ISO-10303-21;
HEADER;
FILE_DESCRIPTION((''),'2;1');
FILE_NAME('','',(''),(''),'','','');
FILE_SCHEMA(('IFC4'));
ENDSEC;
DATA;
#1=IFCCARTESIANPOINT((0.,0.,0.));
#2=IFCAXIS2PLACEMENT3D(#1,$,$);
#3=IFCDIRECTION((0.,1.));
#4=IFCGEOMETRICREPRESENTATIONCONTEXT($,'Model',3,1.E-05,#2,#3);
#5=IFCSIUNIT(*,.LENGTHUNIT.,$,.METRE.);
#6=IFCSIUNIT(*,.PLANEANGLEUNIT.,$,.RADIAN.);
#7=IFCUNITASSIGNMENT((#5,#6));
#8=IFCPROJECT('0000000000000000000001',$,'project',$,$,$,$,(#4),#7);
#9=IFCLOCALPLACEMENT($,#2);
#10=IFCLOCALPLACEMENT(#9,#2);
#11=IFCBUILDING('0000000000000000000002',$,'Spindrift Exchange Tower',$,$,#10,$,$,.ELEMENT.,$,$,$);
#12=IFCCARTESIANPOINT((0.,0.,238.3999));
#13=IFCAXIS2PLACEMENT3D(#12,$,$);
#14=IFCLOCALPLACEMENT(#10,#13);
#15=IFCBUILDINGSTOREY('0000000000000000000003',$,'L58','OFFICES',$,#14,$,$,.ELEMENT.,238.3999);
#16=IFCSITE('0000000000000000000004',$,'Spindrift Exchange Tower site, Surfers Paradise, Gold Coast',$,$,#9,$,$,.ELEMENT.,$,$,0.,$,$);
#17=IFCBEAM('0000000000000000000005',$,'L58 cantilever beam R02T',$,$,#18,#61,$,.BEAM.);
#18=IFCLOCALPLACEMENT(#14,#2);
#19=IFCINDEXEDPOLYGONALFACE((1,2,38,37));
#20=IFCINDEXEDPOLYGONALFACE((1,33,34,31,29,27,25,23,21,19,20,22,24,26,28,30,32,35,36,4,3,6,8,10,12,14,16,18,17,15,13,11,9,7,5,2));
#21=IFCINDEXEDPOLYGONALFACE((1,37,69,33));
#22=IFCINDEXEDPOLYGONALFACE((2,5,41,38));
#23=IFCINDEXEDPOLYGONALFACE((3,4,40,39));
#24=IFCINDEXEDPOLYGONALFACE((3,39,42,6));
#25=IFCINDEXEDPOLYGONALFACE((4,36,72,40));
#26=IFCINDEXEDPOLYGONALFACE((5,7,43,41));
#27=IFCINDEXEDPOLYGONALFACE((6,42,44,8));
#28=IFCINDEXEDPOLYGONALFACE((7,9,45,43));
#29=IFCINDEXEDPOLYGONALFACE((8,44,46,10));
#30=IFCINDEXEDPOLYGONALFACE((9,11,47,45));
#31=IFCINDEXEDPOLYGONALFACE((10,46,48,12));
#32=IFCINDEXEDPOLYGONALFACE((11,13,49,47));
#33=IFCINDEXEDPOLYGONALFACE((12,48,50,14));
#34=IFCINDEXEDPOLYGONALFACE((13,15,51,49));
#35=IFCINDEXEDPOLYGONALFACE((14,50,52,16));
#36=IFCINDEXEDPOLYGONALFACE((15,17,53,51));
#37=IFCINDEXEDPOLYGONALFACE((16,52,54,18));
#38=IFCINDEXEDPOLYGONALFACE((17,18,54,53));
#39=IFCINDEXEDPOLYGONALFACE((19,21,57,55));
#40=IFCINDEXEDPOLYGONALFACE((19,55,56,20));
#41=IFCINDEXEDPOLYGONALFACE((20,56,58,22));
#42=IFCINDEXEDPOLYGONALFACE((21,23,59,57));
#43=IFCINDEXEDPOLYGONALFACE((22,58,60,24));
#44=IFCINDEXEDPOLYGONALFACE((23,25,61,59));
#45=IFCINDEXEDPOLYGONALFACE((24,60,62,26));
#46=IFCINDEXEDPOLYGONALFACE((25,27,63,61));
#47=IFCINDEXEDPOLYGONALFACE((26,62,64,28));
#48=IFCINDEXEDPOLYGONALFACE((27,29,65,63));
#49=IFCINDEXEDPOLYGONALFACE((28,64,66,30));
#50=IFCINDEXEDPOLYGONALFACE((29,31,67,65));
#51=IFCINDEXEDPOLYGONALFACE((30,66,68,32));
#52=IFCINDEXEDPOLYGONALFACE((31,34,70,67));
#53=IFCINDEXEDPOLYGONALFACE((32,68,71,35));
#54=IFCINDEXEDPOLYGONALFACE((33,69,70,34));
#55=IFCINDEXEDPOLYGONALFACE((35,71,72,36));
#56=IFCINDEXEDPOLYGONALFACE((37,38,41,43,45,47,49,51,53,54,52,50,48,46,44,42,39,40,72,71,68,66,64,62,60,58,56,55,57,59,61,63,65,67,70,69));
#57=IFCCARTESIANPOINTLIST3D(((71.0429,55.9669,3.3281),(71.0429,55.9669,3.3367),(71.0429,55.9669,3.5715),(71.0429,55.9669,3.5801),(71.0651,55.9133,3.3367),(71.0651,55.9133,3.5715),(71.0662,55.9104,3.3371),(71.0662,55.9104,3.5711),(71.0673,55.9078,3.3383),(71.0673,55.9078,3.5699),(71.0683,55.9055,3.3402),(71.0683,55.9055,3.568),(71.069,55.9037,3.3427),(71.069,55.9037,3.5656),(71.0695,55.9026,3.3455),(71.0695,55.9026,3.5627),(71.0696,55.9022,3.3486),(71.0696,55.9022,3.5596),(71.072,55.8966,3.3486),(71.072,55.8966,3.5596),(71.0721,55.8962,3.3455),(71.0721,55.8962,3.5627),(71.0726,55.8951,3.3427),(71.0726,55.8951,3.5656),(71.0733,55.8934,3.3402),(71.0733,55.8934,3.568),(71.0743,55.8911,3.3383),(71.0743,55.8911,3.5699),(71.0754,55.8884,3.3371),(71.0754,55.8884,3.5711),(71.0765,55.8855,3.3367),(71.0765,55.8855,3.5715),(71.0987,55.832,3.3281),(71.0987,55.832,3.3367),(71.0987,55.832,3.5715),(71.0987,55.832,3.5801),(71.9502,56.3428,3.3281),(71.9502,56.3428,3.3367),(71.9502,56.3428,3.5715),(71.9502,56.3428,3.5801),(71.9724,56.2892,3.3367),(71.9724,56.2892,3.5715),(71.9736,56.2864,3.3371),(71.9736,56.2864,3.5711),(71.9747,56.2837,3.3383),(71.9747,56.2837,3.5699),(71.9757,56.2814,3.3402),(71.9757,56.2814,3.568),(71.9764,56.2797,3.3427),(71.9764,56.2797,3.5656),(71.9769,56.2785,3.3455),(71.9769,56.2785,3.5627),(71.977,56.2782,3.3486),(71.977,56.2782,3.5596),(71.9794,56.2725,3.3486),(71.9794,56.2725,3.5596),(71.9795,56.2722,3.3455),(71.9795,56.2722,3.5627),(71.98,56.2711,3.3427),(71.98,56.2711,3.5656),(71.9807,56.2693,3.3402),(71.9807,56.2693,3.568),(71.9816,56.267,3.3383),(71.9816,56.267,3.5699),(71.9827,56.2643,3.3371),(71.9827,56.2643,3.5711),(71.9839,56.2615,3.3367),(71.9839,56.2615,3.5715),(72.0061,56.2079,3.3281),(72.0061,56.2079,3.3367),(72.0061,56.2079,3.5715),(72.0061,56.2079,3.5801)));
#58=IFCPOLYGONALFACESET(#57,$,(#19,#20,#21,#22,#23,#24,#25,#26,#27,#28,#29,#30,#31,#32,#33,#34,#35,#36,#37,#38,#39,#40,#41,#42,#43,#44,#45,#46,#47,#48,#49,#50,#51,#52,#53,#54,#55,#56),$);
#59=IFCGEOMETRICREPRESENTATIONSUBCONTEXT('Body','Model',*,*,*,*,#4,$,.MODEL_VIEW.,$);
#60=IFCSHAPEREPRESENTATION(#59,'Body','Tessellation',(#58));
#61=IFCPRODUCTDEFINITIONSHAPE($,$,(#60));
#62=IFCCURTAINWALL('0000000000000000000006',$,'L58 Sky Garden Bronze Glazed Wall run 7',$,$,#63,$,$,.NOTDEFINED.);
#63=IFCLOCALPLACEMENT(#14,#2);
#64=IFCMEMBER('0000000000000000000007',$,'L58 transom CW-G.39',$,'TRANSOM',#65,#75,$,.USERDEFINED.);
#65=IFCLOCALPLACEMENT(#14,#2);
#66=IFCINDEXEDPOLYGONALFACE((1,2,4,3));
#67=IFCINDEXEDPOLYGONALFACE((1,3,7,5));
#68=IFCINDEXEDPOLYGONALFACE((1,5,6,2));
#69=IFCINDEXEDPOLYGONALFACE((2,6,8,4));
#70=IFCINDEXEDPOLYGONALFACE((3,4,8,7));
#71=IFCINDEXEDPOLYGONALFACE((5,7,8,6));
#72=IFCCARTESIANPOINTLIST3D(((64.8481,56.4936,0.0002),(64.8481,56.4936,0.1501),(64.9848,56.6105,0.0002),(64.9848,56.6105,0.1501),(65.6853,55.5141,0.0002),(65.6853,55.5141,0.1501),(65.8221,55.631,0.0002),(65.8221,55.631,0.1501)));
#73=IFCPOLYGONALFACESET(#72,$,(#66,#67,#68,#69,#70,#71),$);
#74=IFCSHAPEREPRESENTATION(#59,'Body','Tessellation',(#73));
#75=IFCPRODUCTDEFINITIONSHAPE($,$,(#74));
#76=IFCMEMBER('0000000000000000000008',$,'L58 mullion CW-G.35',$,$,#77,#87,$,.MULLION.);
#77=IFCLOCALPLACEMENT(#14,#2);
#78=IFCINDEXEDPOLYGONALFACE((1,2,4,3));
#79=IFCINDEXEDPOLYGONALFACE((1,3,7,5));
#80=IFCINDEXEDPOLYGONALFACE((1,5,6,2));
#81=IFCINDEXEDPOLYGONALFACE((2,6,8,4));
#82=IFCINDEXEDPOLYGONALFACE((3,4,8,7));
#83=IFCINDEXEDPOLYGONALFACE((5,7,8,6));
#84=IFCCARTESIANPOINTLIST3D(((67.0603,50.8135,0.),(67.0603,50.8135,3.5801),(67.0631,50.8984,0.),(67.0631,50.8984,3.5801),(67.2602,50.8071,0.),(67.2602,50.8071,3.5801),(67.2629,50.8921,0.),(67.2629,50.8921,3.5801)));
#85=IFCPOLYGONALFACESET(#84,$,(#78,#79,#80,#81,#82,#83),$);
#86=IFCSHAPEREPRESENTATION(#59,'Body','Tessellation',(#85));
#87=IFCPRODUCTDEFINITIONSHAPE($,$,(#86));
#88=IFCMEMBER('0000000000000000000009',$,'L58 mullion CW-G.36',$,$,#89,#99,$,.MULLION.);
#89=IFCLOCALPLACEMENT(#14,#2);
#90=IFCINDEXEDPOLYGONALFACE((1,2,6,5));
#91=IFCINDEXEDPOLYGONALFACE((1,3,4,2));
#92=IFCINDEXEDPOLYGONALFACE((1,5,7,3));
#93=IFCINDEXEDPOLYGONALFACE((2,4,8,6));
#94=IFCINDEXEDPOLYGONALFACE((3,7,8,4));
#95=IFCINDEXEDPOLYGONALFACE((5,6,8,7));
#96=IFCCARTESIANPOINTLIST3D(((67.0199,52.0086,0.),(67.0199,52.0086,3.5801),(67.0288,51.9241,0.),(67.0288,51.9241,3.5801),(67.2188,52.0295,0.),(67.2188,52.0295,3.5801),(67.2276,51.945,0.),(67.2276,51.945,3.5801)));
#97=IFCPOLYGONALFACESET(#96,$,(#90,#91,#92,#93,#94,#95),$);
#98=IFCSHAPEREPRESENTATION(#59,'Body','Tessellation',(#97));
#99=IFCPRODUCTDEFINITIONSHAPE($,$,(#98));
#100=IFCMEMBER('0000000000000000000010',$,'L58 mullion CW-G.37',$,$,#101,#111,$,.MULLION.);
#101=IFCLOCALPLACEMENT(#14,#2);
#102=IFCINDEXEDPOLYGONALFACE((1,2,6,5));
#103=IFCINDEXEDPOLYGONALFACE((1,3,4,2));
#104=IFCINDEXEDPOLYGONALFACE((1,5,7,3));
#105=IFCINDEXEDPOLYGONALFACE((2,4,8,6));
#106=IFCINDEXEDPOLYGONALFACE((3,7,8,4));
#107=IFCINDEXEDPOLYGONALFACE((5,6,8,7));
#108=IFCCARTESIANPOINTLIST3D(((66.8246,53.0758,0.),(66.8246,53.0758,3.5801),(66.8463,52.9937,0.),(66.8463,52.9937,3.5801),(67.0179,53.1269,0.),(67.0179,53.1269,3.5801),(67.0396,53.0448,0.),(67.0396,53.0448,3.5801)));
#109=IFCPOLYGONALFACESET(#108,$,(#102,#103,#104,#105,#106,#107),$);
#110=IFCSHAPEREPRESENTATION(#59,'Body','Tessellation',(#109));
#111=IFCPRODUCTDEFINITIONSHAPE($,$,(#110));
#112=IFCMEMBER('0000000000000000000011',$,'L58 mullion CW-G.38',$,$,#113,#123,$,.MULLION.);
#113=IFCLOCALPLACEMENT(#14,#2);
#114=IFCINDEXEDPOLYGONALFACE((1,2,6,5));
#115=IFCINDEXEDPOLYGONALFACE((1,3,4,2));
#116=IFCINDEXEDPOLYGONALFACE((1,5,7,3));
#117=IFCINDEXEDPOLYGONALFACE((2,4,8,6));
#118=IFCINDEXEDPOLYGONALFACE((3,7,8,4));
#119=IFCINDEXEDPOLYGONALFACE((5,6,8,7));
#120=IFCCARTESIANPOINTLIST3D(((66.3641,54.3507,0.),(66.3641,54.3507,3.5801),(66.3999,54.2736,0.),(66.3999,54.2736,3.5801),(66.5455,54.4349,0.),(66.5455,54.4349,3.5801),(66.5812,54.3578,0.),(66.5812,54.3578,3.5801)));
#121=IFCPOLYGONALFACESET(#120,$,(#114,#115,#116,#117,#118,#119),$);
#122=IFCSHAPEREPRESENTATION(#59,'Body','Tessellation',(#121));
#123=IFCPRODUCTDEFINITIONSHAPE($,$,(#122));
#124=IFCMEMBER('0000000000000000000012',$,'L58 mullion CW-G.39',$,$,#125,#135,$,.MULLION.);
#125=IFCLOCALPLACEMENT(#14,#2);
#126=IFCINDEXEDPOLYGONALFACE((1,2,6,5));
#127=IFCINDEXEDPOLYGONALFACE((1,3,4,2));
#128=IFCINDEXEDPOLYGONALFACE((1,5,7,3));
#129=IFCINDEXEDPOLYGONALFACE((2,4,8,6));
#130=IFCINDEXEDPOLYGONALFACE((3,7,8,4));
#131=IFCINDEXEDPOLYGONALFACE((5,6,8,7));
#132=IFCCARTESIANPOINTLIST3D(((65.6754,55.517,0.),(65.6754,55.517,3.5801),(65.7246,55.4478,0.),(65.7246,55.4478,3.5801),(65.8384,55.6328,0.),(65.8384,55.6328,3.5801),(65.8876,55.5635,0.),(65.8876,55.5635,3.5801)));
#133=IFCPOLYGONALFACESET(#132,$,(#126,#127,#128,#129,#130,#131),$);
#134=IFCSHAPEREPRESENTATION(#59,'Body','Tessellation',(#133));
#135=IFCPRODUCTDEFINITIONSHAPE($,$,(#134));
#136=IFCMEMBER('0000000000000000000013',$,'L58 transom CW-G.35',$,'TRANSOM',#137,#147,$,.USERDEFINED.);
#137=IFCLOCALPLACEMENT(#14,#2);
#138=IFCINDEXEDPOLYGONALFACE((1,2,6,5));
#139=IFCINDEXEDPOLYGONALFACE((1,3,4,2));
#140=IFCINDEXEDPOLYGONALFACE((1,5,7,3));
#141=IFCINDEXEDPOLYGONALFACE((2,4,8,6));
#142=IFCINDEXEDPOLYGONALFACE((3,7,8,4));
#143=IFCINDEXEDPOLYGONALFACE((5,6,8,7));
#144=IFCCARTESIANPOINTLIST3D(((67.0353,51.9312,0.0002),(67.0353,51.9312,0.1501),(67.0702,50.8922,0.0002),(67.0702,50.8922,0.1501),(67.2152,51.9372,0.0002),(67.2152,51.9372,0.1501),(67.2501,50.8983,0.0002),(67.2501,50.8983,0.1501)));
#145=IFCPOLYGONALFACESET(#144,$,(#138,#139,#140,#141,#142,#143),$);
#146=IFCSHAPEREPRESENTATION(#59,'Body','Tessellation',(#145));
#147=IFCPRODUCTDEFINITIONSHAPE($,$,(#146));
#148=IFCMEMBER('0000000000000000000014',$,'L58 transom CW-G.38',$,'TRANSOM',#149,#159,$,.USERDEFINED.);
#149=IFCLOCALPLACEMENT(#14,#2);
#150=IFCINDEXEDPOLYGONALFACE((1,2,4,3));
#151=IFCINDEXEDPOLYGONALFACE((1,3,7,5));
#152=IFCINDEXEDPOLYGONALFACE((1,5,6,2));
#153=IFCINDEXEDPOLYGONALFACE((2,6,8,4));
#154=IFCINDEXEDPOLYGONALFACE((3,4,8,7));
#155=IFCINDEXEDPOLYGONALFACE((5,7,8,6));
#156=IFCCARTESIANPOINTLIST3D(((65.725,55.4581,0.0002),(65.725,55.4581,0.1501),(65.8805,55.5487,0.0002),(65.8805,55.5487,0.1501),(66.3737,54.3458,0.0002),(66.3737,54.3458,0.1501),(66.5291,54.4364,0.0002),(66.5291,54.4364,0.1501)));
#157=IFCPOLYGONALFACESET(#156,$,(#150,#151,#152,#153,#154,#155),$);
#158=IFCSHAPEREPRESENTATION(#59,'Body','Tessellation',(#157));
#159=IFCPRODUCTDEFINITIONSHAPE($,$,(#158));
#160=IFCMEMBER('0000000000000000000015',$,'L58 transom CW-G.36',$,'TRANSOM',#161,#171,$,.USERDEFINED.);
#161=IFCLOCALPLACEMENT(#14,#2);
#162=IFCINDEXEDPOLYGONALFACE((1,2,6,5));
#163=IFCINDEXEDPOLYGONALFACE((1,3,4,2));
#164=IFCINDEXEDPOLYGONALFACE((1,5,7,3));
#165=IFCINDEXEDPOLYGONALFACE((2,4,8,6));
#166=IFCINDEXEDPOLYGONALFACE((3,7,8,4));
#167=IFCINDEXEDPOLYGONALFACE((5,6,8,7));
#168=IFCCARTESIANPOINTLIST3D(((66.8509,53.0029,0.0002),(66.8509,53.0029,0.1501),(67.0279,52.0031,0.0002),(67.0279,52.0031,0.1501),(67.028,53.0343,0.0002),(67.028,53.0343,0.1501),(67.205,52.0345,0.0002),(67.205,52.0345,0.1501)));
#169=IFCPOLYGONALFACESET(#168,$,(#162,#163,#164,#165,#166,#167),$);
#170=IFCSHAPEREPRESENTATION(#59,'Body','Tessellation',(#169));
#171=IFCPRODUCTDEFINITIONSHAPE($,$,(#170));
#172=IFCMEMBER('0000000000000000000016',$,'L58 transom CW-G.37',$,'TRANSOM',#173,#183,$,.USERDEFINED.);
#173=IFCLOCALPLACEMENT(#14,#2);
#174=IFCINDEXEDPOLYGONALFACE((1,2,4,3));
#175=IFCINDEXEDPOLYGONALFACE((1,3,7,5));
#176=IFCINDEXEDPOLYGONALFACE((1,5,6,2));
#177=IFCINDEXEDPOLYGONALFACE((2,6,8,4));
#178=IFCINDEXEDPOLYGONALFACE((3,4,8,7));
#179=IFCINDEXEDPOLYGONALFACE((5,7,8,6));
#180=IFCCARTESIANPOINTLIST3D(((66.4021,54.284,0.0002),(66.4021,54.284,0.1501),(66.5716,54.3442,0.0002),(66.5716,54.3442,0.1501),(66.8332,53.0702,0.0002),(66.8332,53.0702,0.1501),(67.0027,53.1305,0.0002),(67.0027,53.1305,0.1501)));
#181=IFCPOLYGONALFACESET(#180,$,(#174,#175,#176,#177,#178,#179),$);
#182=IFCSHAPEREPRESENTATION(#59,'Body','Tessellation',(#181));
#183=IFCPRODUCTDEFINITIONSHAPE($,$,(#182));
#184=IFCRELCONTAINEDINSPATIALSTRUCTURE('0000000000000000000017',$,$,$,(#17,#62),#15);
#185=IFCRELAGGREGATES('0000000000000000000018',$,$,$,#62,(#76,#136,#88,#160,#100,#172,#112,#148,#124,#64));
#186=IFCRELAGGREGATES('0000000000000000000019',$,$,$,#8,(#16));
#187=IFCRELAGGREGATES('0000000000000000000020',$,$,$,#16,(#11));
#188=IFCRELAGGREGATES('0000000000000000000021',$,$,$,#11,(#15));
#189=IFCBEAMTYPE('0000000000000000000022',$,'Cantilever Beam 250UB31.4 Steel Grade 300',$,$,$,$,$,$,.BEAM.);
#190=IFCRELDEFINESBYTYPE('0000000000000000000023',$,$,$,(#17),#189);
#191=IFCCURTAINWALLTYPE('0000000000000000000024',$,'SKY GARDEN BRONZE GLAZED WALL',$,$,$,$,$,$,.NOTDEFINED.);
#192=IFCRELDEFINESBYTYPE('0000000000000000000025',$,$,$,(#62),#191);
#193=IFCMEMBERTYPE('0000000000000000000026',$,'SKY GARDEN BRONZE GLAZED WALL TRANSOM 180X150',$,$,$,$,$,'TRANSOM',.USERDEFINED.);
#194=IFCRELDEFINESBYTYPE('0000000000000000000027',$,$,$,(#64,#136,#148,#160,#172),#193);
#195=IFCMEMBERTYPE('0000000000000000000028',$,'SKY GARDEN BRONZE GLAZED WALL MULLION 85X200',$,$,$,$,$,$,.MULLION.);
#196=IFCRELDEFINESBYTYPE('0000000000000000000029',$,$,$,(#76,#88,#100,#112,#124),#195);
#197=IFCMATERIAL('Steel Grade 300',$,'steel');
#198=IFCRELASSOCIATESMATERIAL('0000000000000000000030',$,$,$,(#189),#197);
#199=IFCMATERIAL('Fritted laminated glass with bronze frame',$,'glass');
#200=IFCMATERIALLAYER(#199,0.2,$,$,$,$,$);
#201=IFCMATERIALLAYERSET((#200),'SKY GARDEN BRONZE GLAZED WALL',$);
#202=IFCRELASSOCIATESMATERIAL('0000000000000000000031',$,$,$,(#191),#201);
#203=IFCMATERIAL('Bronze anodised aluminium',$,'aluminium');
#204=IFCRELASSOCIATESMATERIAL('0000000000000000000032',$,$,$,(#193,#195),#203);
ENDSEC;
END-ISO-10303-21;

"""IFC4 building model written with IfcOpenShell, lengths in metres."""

from ifc_helpers import new_model, si_unit, direction, frame, origin, origin_2d, place, context, subcontext, project, spatial, rectangle, i_section, extrude, source, transform, mapped, material, layer, layer_set, material_profile, profile_set, type_object, element, aggregate, save


model = new_model("IFC4")

# Units and contexts
model_context = context("Model", 3, precision=1e-05, world=origin(), true_north=direction((0.0, 1.0)))
body_context = subcontext(model_context, "Body", "Model", "MODEL_VIEW")
ifc_project = project(units=[si_unit("LENGTHUNIT", "METRE"), si_unit("PLANEANGLEUNIT", "RADIAN")], contexts=[model_context])

# Site, building, storey
site_placement = place(None, origin())
site = spatial("IfcSite", under=ifc_project, at=site_placement, Name="Spindrift Exchange Tower site, Surfers Paradise, Gold Coast", CompositionType="ELEMENT", RefElevation=0.0)
building_placement = place(site_placement, origin())
building = spatial("IfcBuilding", under=site, at=building_placement, Name="Spindrift Exchange Tower", CompositionType="ELEMENT")
storey_placement = place(building_placement, frame((0.0, 0.0, 238.3999)))
storey = spatial("IfcBuildingStorey", under=building, at=storey_placement, Name="L58", Description="OFFICES", CompositionType="ELEMENT", Elevation=238.3999)

# Beam
ifc_material_1 = material(Name="Steel Grade 300", Category="steel")
ifc_material_profile_1 = material_profile(ifc_material_1, i_section(OverallWidth=0.146, OverallDepth=0.252, WebThickness=0.0061, FlangeThickness=0.0085, FilletRadius=0.012, at=origin_2d()), Name="250UB31.4")
ifc_profile_set_1 = profile_set([ifc_material_profile_1], Name="Steel Grade 300")
beam_type_1 = type_object("IfcBeamType", Name="Cantilever Beam 250UB31.4 Steel Grade 300", PredefinedType="BEAM", material=ifc_profile_set_1)
shared_shape_1 = source(origin(), body_context, "Body", "SweptSolid", [
    extrude(i_section(OverallWidth=0.146, OverallDepth=0.252, WebThickness=0.0061, FlangeThickness=0.0085, FilletRadius=0.012, at=origin_2d()), origin(), (0.0, 0.0, 1.0), 0.9822),
])
beam_1_placement = place(storey_placement, frame((71.0708, 55.8994, 3.4541), z_axis=(0.923847, 0.382762, 0.0), x_axis=(-0.382762, 0.923847, 0.0)))
element("IfcBeam", 1, at=beam_1_placement, inside=storey, type_object=beam_type_1, Name="L58 cantilever beam R02T", PredefinedType="BEAM", context=body_context, shape_type="MappedRepresentation", body=[
    mapped(shared_shape_1, transform((0.0, 0.0, 0.0), scale=1.0)),
])

# Curtain wall, members
ifc_material_2 = material(Name="Fritted laminated glass with bronze frame", Category="glass")
ifc_layer_1 = layer(ifc_material_2, 0.2)
ifc_layer_set_1 = layer_set([ifc_layer_1], Name="SKY GARDEN BRONZE GLAZED WALL")
curtain_wall_type = type_object("IfcCurtainWallType", Name="SKY GARDEN BRONZE GLAZED WALL", PredefinedType="NOTDEFINED", material=ifc_layer_set_1)
curtain_wall_placement = place(storey_placement, origin())
curtain_wall = element("IfcCurtainWall", 2, at=curtain_wall_placement, inside=storey, type_object=curtain_wall_type, Name="L58 Sky Garden Bronze Glazed Wall run 7", PredefinedType="NOTDEFINED")
ifc_material_3 = material(Name="Bronze anodised aluminium", Category="aluminium")
ifc_material_profile_2 = material_profile(ifc_material_3, rectangle(XDim=0.1799, YDim=0.1499, at=origin_2d()), Name="SKY GARDEN BRONZE GLAZED WALL TRANSOM 180X150")
ifc_profile_set_2 = profile_set([ifc_material_profile_2], Name="Bronze anodised aluminium")
member_type_1 = type_object("IfcMemberType", Name="SKY GARDEN BRONZE GLAZED WALL TRANSOM 180X150", ElementType="TRANSOM", PredefinedType="USERDEFINED", material=ifc_profile_set_2)
shared_shape_2 = source(origin(), body_context, "Body", "SweptSolid", [
    extrude(rectangle(XDim=0.1799, YDim=0.1499, at=origin_2d()), origin(), (0.0, 0.0, 1.0), 1.2886),
])
member_1_placement = place(storey_placement, frame((65.7537, 55.5725, 0.0752), z_axis=(-0.649714, 0.760179, 0.0), x_axis=(-0.760179, -0.649714, 0.0)))
member_1 = element("IfcMember", 3, at=member_1_placement, type_object=member_type_1, Name="L58 transom CW-G.39", ObjectType="TRANSOM", PredefinedType="USERDEFINED", context=body_context, shape_type="MappedRepresentation", body=[
    mapped(shared_shape_2, transform((0.0, 0.0, 0.0), scale=1.0)),
])
ifc_material_profile_3 = material_profile(ifc_material_3, rectangle(XDim=0.085, YDim=0.2, at=origin_2d()), Name="SKY GARDEN BRONZE GLAZED WALL MULLION 85X200")
ifc_profile_set_3 = profile_set([ifc_material_profile_3], Name="Bronze anodised aluminium")
member_type_2 = type_object("IfcMemberType", Name="SKY GARDEN BRONZE GLAZED WALL MULLION 85X200", PredefinedType="MULLION", material=ifc_profile_set_3)
shared_shape_3 = source(origin(), body_context, "Body", "SweptSolid", [
    extrude(rectangle(XDim=0.085, YDim=0.2, at=origin_2d()), origin(), (0.0, 0.0, 1.0), 3.5801),
])
member_2_placement = place(storey_placement, frame((67.1616, 50.8528, 0.0), z_axis=(0.0, 0.0, 1.0), x_axis=(0.031882, 0.999492, 0.0)))
member_2 = element("IfcMember", 4, at=member_2_placement, type_object=member_type_2, Name="L58 mullion CW-G.35", PredefinedType="MULLION", context=body_context, shape_type="MappedRepresentation", body=[
    mapped(shared_shape_3, transform((0.0, 0.0, 0.0), scale=1.0)),
])
member_3_placement = place(storey_placement, frame((67.1238, 51.9768, 0.0), z_axis=(0.0, 0.0, 1.0), x_axis=(-0.104221, 0.994554, 0.0)))
member_3 = element("IfcMember", 5, at=member_3_placement, type_object=member_type_2, Name="L58 mullion CW-G.36", PredefinedType="MULLION", context=body_context, shape_type="MappedRepresentation", body=[
    mapped(shared_shape_3, transform((0.0, 0.0, 0.0), scale=1.0)),
])
member_4_placement = place(storey_placement, frame((66.9321, 53.0603, 0.0), z_axis=(0.0, 0.0, 1.0), x_axis=(-0.255327, 0.966855, 0.0)))
member_4 = element("IfcMember", 6, at=member_4_placement, type_object=member_type_2, Name="L58 mullion CW-G.37", PredefinedType="MULLION", context=body_context, shape_type="MappedRepresentation", body=[
    mapped(shared_shape_3, transform((0.0, 0.0, 0.0), scale=1.0)),
])
member_5_placement = place(storey_placement, frame((66.4727, 54.3542, 0.0), z_axis=(0.0, 0.0, 1.0), x_axis=(-0.420931, 0.907093, 0.0)))
member_5 = element("IfcMember", 7, at=member_5_placement, type_object=member_type_2, Name="L58 mullion CW-G.38", PredefinedType="MULLION", context=body_context, shape_type="MappedRepresentation", body=[
    mapped(shared_shape_3, transform((0.0, 0.0, 0.0), scale=1.0)),
])
member_6_placement = place(storey_placement, frame((65.7815, 55.5403, 0.0), z_axis=(0.0, 0.0, 1.0), x_axis=(-0.579061, 0.815284, 0.0)))
member_6 = element("IfcMember", 8, at=member_6_placement, type_object=member_type_2, Name="L58 mullion CW-G.39", PredefinedType="MULLION", context=body_context, shape_type="MappedRepresentation", body=[
    mapped(shared_shape_3, transform((0.0, 0.0, 0.0), scale=1.0)),
])
shared_shape_4 = source(origin(), body_context, "Body", "SweptSolid", [
    extrude(rectangle(XDim=0.1799, YDim=0.1499, at=origin_2d()), origin(), (0.0, 0.0, 1.0), 1.0396),
])
member_7_placement = place(storey_placement, frame((67.1602, 50.8953, 0.0752), z_axis=(-0.033581, 0.999436, 0.0), x_axis=(-0.999436, -0.033581, 0.0)))
member_7 = element("IfcMember", 9, at=member_7_placement, type_object=member_type_1, Name="L58 transom CW-G.35", ObjectType="TRANSOM", PredefinedType="USERDEFINED", context=body_context, shape_type="MappedRepresentation", body=[
    mapped(shared_shape_4, transform((0.0, 0.0, 0.0), scale=1.0)),
])
shared_shape_5 = source(origin(), body_context, "Body", "SweptSolid", [
    extrude(rectangle(XDim=0.1799, YDim=0.1499, at=origin_2d()), origin(), (0.0, 0.0, 1.0), 1.2876),
])
member_8_placement = place(storey_placement, frame((66.4514, 54.3911, 0.0752), z_axis=(-0.503777, 0.863834, 0.0), x_axis=(-0.863834, -0.503777, 0.0)))
member_8 = element("IfcMember", 10, at=member_8_placement, type_object=member_type_1, Name="L58 transom CW-G.38", ObjectType="TRANSOM", PredefinedType="USERDEFINED", context=body_context, shape_type="MappedRepresentation", body=[
    mapped(shared_shape_5, transform((0.0, 0.0, 0.0), scale=1.0)),
])
shared_shape_6 = source(origin(), body_context, "Body", "SweptSolid", [
    extrude(rectangle(XDim=0.1799, YDim=0.1499, at=origin_2d()), origin(), (0.0, 0.0, 1.0), 1.0154),
])
member_9_placement = place(storey_placement, frame((67.1165, 52.0188, 0.0752), z_axis=(-0.174334, 0.984687, 0.0), x_axis=(-0.984687, -0.174334, 0.0)))
member_9 = element("IfcMember", 11, at=member_9_placement, type_object=member_type_1, Name="L58 transom CW-G.36", ObjectType="TRANSOM", PredefinedType="USERDEFINED", context=body_context, shape_type="MappedRepresentation", body=[
    mapped(shared_shape_6, transform((0.0, 0.0, 0.0), scale=1.0)),
])
shared_shape_7 = source(origin(), body_context, "Body", "SweptSolid", [
    extrude(rectangle(XDim=0.1799, YDim=0.1499, at=origin_2d()), origin(), (0.0, 0.0, 1.0), 1.2881),
])
member_10_placement = place(storey_placement, frame((66.918, 53.1003, 0.0752), z_axis=(-0.334703, 0.942324, 0.0), x_axis=(-0.942324, -0.334703, 0.0)))
member_10 = element("IfcMember", 12, at=member_10_placement, type_object=member_type_1, Name="L58 transom CW-G.37", ObjectType="TRANSOM", PredefinedType="USERDEFINED", context=body_context, shape_type="MappedRepresentation", body=[
    mapped(shared_shape_7, transform((0.0, 0.0, 0.0), scale=1.0)),
])
aggregate(curtain_wall, [member_2, member_7, member_3, member_9, member_4, member_10, member_5, member_8, member_6, member_1])

save(model, "model.ifc")
